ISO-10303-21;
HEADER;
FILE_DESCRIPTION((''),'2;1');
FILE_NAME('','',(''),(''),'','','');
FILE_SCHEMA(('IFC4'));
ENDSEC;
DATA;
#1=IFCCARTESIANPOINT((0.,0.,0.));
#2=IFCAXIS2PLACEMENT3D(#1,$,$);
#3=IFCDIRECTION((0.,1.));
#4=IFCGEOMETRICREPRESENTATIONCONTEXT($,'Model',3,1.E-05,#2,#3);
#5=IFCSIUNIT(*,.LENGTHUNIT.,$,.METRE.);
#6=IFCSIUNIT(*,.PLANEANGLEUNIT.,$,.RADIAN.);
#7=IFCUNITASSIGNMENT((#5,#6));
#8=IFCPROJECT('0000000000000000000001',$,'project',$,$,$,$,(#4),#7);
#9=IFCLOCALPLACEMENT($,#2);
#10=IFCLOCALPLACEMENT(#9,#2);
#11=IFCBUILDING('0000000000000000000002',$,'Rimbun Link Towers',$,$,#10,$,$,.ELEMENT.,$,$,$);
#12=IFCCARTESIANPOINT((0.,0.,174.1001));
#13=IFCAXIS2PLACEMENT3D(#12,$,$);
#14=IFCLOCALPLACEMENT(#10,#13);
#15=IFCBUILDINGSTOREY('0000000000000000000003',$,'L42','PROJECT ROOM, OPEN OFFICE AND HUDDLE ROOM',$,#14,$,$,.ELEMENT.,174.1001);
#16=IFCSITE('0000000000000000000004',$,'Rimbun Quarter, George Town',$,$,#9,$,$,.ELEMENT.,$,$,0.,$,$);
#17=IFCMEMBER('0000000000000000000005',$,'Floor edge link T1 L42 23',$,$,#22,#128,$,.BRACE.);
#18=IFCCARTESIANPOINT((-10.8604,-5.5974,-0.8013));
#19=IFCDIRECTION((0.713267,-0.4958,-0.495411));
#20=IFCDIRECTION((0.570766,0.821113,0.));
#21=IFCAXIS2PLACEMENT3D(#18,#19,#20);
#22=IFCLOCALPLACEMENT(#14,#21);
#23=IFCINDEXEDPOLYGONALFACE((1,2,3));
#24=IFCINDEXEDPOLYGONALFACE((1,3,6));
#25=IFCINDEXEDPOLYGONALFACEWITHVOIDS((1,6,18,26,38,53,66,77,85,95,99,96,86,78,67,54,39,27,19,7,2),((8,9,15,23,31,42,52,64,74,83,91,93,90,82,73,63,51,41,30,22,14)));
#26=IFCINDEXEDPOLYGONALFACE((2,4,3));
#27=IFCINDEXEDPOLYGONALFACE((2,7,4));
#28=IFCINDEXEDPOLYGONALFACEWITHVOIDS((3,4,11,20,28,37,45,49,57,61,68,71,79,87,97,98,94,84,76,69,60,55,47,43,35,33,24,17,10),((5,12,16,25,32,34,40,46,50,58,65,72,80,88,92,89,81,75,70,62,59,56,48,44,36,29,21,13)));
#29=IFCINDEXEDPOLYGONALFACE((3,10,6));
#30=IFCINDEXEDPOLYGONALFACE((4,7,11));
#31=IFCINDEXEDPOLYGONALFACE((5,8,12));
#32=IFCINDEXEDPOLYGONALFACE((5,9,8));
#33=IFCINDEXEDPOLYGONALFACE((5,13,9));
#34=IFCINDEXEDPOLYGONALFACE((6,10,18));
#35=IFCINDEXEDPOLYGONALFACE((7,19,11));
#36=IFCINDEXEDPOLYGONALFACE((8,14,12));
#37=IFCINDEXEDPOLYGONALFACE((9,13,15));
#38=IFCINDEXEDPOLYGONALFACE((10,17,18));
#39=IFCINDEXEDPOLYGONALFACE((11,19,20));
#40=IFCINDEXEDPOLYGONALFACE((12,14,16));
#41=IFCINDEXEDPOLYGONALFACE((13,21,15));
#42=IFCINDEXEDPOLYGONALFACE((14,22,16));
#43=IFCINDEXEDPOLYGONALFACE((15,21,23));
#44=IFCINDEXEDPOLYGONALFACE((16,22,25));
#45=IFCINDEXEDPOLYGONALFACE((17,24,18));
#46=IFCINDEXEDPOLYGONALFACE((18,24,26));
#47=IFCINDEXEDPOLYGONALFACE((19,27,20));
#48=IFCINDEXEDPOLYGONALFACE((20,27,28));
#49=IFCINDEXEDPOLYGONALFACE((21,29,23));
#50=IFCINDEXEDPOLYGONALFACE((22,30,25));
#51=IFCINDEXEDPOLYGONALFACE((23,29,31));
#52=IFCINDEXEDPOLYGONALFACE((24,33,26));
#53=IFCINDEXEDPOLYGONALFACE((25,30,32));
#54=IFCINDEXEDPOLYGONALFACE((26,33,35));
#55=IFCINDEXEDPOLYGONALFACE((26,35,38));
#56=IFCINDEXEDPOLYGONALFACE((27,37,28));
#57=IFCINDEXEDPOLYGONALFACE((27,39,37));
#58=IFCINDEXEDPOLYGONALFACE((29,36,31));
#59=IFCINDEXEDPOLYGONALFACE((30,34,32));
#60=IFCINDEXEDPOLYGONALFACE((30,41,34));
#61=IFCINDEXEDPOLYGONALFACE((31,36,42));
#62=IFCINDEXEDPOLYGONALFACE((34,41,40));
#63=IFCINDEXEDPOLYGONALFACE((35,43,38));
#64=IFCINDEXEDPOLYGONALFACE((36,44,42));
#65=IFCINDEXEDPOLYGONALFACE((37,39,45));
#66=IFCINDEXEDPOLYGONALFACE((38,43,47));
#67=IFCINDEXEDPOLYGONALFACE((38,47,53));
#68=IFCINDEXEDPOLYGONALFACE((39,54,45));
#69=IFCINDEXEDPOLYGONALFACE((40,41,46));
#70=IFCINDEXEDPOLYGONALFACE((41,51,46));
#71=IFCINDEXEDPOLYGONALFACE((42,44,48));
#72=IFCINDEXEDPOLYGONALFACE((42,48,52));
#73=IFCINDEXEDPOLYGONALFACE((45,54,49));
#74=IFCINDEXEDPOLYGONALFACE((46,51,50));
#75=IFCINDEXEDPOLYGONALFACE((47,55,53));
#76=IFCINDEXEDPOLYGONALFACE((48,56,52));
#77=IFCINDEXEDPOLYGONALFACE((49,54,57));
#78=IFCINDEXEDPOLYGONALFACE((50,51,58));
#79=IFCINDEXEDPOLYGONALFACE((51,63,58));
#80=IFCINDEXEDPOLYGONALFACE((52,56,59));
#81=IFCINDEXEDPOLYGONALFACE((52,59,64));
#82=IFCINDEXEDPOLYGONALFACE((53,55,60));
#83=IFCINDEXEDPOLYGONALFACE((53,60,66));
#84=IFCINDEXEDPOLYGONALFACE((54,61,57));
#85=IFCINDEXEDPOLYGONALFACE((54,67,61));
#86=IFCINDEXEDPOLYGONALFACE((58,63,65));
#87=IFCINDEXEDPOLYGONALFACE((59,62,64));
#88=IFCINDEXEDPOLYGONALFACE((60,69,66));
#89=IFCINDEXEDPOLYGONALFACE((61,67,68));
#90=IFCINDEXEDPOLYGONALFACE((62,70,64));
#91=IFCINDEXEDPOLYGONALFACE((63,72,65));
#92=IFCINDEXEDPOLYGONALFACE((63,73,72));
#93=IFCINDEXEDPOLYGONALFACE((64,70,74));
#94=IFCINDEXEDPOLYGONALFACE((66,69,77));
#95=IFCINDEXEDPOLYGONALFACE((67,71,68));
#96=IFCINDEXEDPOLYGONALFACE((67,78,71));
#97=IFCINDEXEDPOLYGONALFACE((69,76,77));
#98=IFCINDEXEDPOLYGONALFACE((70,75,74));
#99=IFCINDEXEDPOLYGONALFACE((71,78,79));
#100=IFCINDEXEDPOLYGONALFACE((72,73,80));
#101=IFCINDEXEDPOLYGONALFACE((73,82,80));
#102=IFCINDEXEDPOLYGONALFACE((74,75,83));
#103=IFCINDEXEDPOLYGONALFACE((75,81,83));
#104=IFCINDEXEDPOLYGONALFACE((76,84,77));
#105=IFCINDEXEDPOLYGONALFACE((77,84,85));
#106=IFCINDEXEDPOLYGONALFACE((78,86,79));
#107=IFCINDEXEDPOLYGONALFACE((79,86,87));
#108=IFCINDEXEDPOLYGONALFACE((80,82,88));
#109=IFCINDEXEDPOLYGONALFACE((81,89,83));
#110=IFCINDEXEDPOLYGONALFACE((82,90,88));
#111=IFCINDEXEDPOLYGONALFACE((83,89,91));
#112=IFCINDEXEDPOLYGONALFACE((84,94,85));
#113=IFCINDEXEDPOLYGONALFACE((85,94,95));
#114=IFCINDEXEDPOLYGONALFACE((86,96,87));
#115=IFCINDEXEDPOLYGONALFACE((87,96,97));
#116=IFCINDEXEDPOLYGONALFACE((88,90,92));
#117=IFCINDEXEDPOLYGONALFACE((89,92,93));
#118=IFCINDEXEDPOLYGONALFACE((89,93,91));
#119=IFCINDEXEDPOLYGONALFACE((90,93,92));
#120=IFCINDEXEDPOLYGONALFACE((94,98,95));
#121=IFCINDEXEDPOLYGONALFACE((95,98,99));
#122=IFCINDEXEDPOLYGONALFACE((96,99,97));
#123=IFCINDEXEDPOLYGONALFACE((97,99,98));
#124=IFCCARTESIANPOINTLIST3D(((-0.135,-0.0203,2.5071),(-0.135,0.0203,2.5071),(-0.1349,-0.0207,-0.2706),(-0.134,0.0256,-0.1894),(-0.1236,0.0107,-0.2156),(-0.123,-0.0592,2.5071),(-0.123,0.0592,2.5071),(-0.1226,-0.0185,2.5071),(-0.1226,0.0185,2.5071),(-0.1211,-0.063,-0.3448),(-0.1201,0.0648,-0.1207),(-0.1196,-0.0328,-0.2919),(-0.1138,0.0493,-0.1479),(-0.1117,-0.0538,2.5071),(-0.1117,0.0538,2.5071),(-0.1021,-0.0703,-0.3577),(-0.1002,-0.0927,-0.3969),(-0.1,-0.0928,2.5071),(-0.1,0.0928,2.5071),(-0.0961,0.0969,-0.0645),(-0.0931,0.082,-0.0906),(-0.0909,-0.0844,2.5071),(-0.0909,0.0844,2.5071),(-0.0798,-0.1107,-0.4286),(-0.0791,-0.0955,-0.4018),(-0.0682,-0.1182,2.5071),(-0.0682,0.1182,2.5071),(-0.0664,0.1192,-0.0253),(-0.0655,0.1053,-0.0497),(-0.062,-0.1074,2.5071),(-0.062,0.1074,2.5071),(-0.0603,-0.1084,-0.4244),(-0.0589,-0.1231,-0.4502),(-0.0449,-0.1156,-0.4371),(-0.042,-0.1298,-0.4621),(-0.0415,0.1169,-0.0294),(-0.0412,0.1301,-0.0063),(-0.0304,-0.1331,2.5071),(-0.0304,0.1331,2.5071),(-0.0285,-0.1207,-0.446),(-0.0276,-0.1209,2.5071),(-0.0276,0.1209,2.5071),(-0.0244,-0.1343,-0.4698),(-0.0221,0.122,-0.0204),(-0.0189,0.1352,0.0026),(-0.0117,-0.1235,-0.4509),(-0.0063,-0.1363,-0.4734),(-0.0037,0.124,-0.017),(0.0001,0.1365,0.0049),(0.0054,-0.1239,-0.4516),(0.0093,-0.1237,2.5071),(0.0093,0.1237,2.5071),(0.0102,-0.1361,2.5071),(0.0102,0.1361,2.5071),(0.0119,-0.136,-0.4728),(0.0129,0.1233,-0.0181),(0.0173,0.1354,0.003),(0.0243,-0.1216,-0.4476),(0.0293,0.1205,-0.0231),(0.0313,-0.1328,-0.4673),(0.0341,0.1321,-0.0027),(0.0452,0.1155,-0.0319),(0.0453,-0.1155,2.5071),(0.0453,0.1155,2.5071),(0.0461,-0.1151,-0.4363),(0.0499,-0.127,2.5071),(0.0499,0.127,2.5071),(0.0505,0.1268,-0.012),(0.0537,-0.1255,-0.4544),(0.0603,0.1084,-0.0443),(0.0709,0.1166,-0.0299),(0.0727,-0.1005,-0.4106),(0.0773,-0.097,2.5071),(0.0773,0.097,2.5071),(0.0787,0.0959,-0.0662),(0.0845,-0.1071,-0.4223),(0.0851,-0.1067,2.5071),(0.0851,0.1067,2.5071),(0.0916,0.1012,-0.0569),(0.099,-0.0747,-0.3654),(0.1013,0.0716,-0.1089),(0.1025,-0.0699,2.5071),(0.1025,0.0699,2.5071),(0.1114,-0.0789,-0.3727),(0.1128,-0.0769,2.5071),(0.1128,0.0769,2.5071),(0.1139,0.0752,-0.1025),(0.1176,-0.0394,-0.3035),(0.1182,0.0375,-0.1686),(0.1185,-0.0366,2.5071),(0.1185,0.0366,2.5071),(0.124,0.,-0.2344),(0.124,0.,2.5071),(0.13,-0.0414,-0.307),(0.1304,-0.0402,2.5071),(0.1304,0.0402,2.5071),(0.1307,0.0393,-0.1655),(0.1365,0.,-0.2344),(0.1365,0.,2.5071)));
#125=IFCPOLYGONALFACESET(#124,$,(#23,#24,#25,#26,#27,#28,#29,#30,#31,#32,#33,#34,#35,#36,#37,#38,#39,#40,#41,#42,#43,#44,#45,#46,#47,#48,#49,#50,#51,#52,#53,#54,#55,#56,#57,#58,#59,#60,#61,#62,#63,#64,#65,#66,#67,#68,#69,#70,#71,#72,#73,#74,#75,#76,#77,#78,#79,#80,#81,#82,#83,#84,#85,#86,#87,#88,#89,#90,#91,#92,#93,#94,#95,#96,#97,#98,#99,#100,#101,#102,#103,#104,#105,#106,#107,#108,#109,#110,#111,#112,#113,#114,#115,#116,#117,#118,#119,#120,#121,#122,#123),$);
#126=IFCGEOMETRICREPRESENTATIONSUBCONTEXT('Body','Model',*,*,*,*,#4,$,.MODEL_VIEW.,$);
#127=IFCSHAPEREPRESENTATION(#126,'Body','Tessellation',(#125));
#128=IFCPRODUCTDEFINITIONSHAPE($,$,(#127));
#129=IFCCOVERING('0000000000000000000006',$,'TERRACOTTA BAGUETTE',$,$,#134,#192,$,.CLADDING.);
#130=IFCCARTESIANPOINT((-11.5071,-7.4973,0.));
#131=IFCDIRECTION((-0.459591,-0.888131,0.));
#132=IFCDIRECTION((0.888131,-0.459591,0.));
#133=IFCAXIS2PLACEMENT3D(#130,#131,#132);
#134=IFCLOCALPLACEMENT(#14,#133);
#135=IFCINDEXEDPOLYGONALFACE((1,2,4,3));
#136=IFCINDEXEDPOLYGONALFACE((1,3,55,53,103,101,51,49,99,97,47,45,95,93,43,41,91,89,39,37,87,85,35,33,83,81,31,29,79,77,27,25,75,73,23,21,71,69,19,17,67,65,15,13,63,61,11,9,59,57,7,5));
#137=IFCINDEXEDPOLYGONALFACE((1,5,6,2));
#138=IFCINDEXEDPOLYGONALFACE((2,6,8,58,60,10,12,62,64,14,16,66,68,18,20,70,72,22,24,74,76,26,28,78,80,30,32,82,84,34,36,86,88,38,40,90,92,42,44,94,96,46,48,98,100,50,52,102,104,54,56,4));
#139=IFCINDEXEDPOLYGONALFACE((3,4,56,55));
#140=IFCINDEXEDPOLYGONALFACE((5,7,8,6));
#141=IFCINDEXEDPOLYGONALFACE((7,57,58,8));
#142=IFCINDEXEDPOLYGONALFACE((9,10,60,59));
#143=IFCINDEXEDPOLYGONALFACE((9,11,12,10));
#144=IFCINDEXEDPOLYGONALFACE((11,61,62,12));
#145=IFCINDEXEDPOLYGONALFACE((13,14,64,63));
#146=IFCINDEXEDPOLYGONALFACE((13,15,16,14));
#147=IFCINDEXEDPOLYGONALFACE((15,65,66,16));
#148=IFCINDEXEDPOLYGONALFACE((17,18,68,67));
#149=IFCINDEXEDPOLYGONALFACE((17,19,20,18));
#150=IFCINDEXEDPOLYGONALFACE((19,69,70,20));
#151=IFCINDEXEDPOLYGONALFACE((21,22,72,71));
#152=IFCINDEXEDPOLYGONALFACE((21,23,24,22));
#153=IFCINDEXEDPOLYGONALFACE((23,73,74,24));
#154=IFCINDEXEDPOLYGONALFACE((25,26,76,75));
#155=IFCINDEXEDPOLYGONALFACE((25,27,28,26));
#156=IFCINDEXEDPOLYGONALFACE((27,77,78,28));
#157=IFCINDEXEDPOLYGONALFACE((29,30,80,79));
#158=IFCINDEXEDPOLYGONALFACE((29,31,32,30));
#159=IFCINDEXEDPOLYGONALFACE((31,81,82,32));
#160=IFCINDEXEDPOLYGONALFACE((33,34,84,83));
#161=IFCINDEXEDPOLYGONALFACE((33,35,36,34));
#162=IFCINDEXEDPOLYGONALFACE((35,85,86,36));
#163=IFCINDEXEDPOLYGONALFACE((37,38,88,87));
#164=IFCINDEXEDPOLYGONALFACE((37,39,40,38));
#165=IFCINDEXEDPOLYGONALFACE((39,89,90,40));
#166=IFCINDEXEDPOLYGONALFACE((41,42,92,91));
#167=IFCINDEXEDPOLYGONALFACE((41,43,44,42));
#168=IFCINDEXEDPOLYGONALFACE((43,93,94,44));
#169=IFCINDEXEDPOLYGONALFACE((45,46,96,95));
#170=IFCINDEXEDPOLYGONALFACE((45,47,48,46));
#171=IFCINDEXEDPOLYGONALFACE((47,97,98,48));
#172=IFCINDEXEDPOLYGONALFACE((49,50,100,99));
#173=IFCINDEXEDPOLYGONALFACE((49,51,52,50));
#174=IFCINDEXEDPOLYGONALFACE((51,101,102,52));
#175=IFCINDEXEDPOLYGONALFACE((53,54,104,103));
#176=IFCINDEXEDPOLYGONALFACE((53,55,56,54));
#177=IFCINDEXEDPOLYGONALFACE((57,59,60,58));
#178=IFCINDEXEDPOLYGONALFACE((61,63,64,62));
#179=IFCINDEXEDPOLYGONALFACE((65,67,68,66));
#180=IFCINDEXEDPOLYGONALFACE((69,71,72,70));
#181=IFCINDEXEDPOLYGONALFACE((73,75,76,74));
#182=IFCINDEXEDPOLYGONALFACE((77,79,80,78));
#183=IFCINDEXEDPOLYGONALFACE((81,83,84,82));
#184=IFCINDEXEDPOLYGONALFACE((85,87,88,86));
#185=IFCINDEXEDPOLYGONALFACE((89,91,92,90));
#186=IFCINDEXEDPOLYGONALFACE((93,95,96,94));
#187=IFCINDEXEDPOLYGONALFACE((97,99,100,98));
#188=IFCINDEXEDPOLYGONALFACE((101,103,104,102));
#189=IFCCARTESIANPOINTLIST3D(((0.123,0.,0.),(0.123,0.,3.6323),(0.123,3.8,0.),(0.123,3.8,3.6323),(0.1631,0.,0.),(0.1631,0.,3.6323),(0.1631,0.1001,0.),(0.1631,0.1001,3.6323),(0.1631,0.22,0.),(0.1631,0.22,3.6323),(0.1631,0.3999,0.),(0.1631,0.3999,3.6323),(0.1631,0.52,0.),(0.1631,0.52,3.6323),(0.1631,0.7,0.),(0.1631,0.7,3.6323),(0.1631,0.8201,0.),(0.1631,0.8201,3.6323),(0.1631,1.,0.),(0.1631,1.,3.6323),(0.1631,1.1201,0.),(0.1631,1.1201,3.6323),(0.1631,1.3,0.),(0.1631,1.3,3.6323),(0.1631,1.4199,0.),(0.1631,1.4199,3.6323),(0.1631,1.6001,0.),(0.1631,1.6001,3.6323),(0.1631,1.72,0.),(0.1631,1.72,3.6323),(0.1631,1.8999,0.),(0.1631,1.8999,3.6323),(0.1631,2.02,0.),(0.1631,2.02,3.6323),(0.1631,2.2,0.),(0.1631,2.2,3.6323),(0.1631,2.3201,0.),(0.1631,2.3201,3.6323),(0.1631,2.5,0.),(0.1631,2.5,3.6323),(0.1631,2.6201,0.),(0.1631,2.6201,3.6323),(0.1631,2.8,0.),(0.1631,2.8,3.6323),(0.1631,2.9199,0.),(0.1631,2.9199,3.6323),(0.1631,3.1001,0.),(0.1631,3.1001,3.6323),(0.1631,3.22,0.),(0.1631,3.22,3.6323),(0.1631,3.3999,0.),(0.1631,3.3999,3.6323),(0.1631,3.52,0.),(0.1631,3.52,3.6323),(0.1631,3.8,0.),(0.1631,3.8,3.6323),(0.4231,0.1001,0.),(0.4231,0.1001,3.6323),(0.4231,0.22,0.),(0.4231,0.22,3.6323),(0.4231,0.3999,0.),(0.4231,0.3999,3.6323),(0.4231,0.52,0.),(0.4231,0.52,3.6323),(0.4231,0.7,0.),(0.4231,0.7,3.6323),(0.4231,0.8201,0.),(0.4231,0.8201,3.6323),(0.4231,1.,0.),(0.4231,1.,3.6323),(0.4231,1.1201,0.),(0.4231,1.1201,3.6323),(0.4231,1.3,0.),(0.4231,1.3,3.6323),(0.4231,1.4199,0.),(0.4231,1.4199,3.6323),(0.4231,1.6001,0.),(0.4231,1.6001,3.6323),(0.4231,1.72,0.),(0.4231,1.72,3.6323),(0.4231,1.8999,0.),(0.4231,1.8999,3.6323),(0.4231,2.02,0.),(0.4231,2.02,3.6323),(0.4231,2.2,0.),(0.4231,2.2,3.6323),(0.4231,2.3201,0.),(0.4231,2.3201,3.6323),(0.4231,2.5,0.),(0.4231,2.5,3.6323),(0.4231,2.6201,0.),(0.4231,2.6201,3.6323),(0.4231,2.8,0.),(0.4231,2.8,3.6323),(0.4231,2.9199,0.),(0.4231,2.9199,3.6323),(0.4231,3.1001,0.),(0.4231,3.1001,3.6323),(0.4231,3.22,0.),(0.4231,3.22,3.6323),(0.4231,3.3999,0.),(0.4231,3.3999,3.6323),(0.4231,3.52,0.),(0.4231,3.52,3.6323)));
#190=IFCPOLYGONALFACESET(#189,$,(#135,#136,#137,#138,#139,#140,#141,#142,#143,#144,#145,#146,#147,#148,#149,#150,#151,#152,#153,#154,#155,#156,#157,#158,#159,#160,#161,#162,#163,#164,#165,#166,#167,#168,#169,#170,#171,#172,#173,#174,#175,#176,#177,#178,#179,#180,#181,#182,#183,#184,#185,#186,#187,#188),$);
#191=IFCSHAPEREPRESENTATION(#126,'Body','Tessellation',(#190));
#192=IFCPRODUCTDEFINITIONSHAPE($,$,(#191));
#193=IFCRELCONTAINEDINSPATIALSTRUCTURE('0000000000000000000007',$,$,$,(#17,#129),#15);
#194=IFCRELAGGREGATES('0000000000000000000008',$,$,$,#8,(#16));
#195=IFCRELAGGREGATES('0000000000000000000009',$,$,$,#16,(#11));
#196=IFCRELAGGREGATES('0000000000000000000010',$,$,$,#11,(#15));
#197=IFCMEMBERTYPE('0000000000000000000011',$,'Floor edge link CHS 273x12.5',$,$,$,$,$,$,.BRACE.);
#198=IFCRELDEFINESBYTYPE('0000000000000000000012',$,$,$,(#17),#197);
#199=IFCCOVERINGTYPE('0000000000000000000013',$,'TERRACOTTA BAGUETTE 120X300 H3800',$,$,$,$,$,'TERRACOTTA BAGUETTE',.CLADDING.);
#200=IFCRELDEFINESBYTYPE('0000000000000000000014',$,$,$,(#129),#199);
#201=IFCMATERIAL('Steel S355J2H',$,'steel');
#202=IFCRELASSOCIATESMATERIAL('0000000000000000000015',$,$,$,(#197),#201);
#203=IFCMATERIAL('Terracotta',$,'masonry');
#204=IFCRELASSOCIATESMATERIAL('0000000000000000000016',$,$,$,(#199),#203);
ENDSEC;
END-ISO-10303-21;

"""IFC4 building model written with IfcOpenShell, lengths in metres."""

from ifc_helpers import new_model, si_unit, direction, frame, origin, origin_2d, place, context, subcontext, project, spatial, polyline, hollow_circle, outline, extrude, clip, halfspace, material, material_profile, profile_set, type_object, element, save


model = new_model("IFC4")

# Units and contexts
model_context = context("Model", 3, precision=1e-05, world=origin(), true_north=direction((0.0, 1.0)))
body_context = subcontext(model_context, "Body", "Model", "MODEL_VIEW")
ifc_project = project(units=[si_unit("LENGTHUNIT", "METRE"), si_unit("PLANEANGLEUNIT", "RADIAN")], contexts=[model_context])

# Site, building, storey
site_placement = place(None, origin())
site = spatial("IfcSite", under=ifc_project, at=site_placement, Name="Rimbun Quarter, George Town", CompositionType="ELEMENT", RefElevation=0.0)
building_placement = place(site_placement, origin())
building = spatial("IfcBuilding", under=site, at=building_placement, Name="Rimbun Link Towers", CompositionType="ELEMENT")
storey_placement = place(building_placement, frame((0.0, 0.0, 174.1001)))
storey = spatial("IfcBuildingStorey", under=building, at=storey_placement, Name="L42", Description="PROJECT ROOM, OPEN OFFICE AND HUDDLE ROOM", CompositionType="ELEMENT", Elevation=174.1001)

# Member
ifc_material_1 = material(Name="Steel S355J2H", Category="steel")
ifc_material_profile_1 = material_profile(ifc_material_1, hollow_circle(Radius=0.1365, WallThickness=0.0125, at=origin_2d()), Name="CHS 273x12.5")
ifc_profile_set_1 = profile_set([ifc_material_profile_1], Name="Steel S355J2H")
member_type_1 = type_object("IfcMemberType", Name="Floor edge link CHS 273x12.5", PredefinedType="BRACE", material=ifc_profile_set_1)
member_1_placement = place(storey_placement, frame((-10.8604, -5.5974, -0.8013), z_axis=(0.713267, -0.4958, -0.495411), x_axis=(0.570766, 0.821113, 0.0)))
element("IfcMember", 1, at=member_1_placement, inside=storey, type_object=member_type_1, Name="Floor edge link T1 L42 23", PredefinedType="BRACE", context=body_context, shape_type="Clipping", body=[
    clip(extrude(hollow_circle(Radius=0.1365, WallThickness=0.0125, at=origin_2d()), frame((0.0, 0.0, -0.4988)), (0.0, 0.0, 1.0), 3.0059), halfspace(frame((0.0, 0.0, -0.2344), z_axis=(0.0, 0.868659, -0.495411)), False)),
])

# Covering
ifc_material_2 = material(Name="Terracotta", Category="masonry")
ifc_material_profile_2 = material_profile(ifc_material_2, outline(polyline([(0.123, 0.0), (0.1631, 0.0), (0.1631, 0.1001), (0.4231, 0.1001), (0.4231, 0.22), (0.1631, 0.22), (0.1631, 0.3999), (0.4231, 0.3999), (0.4231, 0.52), (0.1631, 0.52), (0.1631, 0.7), (0.4231, 0.7), (0.4231, 0.8201), (0.1631, 0.8201), (0.1631, 1.0), (0.4231, 1.0), (0.4231, 1.1201), (0.1631, 1.1201), (0.1631, 1.3), (0.4231, 1.3), (0.4231, 1.4199), (0.1631, 1.4199), (0.1631, 1.6001), (0.4231, 1.6001), (0.4231, 1.72), (0.1631, 1.72), (0.1631, 1.8999), (0.4231, 1.8999), (0.4231, 2.02), (0.1631, 2.02), (0.1631, 2.2), (0.4231, 2.2), (0.4231, 2.3201), (0.1631, 2.3201), (0.1631, 2.5), (0.4231, 2.5), (0.4231, 2.6201), (0.1631, 2.6201), (0.1631, 2.8), (0.4231, 2.8), (0.4231, 2.9199), (0.1631, 2.9199), (0.1631, 3.1001), (0.4231, 3.1001), (0.4231, 3.22), (0.1631, 3.22), (0.1631, 3.3999), (0.4231, 3.3999), (0.4231, 3.52), (0.1631, 3.52), (0.1631, 3.8), (0.123, 3.8), (0.123, 0.0)])), Name="BAGUETTE 120X300")
ifc_profile_set_2 = profile_set([ifc_material_profile_2], Name="Terracotta")
covering_type = type_object("IfcCoveringType", Name="TERRACOTTA BAGUETTE 120X300 H3800", ElementType="TERRACOTTA BAGUETTE", PredefinedType="CLADDING", material=ifc_profile_set_2)
covering_1_placement = place(storey_placement, frame((-11.5071, -7.4973, 0.0), z_axis=(-0.459591, -0.888131, 0.0), x_axis=(0.888131, -0.459591, 0.0)))
element("IfcCovering", 2, at=covering_1_placement, inside=storey, type_object=covering_type, Name="TERRACOTTA BAGUETTE", PredefinedType="CLADDING", context=body_context, shape_type="SweptSolid", body=[
    extrude(outline(polyline([(0.123, 0.0), (0.1631, 0.0), (0.1631, 0.1001), (0.4231, 0.1001), (0.4231, 0.22), (0.1631, 0.22), (0.1631, 0.3999), (0.4231, 0.3999), (0.4231, 0.52), (0.1631, 0.52), (0.1631, 0.7), (0.4231, 0.7), (0.4231, 0.8201), (0.1631, 0.8201), (0.1631, 1.0), (0.4231, 1.0), (0.4231, 1.1201), (0.1631, 1.1201), (0.1631, 1.3), (0.4231, 1.3), (0.4231, 1.4199), (0.1631, 1.4199), (0.1631, 1.6001), (0.4231, 1.6001), (0.4231, 1.72), (0.1631, 1.72), (0.1631, 1.8999), (0.4231, 1.8999), (0.4231, 2.02), (0.1631, 2.02), (0.1631, 2.2), (0.4231, 2.2), (0.4231, 2.3201), (0.1631, 2.3201), (0.1631, 2.5), (0.4231, 2.5), (0.4231, 2.6201), (0.1631, 2.6201), (0.1631, 2.8), (0.4231, 2.8), (0.4231, 2.9199), (0.1631, 2.9199), (0.1631, 3.1001), (0.4231, 3.1001), (0.4231, 3.22), (0.1631, 3.22), (0.1631, 3.3999), (0.4231, 3.3999), (0.4231, 3.52), (0.1631, 3.52), (0.1631, 3.8), (0.123, 3.8), (0.123, 0.0)])), origin(), (0.0, 0.0, 1.0), 3.6323),
])

save(model, "model.ifc")
